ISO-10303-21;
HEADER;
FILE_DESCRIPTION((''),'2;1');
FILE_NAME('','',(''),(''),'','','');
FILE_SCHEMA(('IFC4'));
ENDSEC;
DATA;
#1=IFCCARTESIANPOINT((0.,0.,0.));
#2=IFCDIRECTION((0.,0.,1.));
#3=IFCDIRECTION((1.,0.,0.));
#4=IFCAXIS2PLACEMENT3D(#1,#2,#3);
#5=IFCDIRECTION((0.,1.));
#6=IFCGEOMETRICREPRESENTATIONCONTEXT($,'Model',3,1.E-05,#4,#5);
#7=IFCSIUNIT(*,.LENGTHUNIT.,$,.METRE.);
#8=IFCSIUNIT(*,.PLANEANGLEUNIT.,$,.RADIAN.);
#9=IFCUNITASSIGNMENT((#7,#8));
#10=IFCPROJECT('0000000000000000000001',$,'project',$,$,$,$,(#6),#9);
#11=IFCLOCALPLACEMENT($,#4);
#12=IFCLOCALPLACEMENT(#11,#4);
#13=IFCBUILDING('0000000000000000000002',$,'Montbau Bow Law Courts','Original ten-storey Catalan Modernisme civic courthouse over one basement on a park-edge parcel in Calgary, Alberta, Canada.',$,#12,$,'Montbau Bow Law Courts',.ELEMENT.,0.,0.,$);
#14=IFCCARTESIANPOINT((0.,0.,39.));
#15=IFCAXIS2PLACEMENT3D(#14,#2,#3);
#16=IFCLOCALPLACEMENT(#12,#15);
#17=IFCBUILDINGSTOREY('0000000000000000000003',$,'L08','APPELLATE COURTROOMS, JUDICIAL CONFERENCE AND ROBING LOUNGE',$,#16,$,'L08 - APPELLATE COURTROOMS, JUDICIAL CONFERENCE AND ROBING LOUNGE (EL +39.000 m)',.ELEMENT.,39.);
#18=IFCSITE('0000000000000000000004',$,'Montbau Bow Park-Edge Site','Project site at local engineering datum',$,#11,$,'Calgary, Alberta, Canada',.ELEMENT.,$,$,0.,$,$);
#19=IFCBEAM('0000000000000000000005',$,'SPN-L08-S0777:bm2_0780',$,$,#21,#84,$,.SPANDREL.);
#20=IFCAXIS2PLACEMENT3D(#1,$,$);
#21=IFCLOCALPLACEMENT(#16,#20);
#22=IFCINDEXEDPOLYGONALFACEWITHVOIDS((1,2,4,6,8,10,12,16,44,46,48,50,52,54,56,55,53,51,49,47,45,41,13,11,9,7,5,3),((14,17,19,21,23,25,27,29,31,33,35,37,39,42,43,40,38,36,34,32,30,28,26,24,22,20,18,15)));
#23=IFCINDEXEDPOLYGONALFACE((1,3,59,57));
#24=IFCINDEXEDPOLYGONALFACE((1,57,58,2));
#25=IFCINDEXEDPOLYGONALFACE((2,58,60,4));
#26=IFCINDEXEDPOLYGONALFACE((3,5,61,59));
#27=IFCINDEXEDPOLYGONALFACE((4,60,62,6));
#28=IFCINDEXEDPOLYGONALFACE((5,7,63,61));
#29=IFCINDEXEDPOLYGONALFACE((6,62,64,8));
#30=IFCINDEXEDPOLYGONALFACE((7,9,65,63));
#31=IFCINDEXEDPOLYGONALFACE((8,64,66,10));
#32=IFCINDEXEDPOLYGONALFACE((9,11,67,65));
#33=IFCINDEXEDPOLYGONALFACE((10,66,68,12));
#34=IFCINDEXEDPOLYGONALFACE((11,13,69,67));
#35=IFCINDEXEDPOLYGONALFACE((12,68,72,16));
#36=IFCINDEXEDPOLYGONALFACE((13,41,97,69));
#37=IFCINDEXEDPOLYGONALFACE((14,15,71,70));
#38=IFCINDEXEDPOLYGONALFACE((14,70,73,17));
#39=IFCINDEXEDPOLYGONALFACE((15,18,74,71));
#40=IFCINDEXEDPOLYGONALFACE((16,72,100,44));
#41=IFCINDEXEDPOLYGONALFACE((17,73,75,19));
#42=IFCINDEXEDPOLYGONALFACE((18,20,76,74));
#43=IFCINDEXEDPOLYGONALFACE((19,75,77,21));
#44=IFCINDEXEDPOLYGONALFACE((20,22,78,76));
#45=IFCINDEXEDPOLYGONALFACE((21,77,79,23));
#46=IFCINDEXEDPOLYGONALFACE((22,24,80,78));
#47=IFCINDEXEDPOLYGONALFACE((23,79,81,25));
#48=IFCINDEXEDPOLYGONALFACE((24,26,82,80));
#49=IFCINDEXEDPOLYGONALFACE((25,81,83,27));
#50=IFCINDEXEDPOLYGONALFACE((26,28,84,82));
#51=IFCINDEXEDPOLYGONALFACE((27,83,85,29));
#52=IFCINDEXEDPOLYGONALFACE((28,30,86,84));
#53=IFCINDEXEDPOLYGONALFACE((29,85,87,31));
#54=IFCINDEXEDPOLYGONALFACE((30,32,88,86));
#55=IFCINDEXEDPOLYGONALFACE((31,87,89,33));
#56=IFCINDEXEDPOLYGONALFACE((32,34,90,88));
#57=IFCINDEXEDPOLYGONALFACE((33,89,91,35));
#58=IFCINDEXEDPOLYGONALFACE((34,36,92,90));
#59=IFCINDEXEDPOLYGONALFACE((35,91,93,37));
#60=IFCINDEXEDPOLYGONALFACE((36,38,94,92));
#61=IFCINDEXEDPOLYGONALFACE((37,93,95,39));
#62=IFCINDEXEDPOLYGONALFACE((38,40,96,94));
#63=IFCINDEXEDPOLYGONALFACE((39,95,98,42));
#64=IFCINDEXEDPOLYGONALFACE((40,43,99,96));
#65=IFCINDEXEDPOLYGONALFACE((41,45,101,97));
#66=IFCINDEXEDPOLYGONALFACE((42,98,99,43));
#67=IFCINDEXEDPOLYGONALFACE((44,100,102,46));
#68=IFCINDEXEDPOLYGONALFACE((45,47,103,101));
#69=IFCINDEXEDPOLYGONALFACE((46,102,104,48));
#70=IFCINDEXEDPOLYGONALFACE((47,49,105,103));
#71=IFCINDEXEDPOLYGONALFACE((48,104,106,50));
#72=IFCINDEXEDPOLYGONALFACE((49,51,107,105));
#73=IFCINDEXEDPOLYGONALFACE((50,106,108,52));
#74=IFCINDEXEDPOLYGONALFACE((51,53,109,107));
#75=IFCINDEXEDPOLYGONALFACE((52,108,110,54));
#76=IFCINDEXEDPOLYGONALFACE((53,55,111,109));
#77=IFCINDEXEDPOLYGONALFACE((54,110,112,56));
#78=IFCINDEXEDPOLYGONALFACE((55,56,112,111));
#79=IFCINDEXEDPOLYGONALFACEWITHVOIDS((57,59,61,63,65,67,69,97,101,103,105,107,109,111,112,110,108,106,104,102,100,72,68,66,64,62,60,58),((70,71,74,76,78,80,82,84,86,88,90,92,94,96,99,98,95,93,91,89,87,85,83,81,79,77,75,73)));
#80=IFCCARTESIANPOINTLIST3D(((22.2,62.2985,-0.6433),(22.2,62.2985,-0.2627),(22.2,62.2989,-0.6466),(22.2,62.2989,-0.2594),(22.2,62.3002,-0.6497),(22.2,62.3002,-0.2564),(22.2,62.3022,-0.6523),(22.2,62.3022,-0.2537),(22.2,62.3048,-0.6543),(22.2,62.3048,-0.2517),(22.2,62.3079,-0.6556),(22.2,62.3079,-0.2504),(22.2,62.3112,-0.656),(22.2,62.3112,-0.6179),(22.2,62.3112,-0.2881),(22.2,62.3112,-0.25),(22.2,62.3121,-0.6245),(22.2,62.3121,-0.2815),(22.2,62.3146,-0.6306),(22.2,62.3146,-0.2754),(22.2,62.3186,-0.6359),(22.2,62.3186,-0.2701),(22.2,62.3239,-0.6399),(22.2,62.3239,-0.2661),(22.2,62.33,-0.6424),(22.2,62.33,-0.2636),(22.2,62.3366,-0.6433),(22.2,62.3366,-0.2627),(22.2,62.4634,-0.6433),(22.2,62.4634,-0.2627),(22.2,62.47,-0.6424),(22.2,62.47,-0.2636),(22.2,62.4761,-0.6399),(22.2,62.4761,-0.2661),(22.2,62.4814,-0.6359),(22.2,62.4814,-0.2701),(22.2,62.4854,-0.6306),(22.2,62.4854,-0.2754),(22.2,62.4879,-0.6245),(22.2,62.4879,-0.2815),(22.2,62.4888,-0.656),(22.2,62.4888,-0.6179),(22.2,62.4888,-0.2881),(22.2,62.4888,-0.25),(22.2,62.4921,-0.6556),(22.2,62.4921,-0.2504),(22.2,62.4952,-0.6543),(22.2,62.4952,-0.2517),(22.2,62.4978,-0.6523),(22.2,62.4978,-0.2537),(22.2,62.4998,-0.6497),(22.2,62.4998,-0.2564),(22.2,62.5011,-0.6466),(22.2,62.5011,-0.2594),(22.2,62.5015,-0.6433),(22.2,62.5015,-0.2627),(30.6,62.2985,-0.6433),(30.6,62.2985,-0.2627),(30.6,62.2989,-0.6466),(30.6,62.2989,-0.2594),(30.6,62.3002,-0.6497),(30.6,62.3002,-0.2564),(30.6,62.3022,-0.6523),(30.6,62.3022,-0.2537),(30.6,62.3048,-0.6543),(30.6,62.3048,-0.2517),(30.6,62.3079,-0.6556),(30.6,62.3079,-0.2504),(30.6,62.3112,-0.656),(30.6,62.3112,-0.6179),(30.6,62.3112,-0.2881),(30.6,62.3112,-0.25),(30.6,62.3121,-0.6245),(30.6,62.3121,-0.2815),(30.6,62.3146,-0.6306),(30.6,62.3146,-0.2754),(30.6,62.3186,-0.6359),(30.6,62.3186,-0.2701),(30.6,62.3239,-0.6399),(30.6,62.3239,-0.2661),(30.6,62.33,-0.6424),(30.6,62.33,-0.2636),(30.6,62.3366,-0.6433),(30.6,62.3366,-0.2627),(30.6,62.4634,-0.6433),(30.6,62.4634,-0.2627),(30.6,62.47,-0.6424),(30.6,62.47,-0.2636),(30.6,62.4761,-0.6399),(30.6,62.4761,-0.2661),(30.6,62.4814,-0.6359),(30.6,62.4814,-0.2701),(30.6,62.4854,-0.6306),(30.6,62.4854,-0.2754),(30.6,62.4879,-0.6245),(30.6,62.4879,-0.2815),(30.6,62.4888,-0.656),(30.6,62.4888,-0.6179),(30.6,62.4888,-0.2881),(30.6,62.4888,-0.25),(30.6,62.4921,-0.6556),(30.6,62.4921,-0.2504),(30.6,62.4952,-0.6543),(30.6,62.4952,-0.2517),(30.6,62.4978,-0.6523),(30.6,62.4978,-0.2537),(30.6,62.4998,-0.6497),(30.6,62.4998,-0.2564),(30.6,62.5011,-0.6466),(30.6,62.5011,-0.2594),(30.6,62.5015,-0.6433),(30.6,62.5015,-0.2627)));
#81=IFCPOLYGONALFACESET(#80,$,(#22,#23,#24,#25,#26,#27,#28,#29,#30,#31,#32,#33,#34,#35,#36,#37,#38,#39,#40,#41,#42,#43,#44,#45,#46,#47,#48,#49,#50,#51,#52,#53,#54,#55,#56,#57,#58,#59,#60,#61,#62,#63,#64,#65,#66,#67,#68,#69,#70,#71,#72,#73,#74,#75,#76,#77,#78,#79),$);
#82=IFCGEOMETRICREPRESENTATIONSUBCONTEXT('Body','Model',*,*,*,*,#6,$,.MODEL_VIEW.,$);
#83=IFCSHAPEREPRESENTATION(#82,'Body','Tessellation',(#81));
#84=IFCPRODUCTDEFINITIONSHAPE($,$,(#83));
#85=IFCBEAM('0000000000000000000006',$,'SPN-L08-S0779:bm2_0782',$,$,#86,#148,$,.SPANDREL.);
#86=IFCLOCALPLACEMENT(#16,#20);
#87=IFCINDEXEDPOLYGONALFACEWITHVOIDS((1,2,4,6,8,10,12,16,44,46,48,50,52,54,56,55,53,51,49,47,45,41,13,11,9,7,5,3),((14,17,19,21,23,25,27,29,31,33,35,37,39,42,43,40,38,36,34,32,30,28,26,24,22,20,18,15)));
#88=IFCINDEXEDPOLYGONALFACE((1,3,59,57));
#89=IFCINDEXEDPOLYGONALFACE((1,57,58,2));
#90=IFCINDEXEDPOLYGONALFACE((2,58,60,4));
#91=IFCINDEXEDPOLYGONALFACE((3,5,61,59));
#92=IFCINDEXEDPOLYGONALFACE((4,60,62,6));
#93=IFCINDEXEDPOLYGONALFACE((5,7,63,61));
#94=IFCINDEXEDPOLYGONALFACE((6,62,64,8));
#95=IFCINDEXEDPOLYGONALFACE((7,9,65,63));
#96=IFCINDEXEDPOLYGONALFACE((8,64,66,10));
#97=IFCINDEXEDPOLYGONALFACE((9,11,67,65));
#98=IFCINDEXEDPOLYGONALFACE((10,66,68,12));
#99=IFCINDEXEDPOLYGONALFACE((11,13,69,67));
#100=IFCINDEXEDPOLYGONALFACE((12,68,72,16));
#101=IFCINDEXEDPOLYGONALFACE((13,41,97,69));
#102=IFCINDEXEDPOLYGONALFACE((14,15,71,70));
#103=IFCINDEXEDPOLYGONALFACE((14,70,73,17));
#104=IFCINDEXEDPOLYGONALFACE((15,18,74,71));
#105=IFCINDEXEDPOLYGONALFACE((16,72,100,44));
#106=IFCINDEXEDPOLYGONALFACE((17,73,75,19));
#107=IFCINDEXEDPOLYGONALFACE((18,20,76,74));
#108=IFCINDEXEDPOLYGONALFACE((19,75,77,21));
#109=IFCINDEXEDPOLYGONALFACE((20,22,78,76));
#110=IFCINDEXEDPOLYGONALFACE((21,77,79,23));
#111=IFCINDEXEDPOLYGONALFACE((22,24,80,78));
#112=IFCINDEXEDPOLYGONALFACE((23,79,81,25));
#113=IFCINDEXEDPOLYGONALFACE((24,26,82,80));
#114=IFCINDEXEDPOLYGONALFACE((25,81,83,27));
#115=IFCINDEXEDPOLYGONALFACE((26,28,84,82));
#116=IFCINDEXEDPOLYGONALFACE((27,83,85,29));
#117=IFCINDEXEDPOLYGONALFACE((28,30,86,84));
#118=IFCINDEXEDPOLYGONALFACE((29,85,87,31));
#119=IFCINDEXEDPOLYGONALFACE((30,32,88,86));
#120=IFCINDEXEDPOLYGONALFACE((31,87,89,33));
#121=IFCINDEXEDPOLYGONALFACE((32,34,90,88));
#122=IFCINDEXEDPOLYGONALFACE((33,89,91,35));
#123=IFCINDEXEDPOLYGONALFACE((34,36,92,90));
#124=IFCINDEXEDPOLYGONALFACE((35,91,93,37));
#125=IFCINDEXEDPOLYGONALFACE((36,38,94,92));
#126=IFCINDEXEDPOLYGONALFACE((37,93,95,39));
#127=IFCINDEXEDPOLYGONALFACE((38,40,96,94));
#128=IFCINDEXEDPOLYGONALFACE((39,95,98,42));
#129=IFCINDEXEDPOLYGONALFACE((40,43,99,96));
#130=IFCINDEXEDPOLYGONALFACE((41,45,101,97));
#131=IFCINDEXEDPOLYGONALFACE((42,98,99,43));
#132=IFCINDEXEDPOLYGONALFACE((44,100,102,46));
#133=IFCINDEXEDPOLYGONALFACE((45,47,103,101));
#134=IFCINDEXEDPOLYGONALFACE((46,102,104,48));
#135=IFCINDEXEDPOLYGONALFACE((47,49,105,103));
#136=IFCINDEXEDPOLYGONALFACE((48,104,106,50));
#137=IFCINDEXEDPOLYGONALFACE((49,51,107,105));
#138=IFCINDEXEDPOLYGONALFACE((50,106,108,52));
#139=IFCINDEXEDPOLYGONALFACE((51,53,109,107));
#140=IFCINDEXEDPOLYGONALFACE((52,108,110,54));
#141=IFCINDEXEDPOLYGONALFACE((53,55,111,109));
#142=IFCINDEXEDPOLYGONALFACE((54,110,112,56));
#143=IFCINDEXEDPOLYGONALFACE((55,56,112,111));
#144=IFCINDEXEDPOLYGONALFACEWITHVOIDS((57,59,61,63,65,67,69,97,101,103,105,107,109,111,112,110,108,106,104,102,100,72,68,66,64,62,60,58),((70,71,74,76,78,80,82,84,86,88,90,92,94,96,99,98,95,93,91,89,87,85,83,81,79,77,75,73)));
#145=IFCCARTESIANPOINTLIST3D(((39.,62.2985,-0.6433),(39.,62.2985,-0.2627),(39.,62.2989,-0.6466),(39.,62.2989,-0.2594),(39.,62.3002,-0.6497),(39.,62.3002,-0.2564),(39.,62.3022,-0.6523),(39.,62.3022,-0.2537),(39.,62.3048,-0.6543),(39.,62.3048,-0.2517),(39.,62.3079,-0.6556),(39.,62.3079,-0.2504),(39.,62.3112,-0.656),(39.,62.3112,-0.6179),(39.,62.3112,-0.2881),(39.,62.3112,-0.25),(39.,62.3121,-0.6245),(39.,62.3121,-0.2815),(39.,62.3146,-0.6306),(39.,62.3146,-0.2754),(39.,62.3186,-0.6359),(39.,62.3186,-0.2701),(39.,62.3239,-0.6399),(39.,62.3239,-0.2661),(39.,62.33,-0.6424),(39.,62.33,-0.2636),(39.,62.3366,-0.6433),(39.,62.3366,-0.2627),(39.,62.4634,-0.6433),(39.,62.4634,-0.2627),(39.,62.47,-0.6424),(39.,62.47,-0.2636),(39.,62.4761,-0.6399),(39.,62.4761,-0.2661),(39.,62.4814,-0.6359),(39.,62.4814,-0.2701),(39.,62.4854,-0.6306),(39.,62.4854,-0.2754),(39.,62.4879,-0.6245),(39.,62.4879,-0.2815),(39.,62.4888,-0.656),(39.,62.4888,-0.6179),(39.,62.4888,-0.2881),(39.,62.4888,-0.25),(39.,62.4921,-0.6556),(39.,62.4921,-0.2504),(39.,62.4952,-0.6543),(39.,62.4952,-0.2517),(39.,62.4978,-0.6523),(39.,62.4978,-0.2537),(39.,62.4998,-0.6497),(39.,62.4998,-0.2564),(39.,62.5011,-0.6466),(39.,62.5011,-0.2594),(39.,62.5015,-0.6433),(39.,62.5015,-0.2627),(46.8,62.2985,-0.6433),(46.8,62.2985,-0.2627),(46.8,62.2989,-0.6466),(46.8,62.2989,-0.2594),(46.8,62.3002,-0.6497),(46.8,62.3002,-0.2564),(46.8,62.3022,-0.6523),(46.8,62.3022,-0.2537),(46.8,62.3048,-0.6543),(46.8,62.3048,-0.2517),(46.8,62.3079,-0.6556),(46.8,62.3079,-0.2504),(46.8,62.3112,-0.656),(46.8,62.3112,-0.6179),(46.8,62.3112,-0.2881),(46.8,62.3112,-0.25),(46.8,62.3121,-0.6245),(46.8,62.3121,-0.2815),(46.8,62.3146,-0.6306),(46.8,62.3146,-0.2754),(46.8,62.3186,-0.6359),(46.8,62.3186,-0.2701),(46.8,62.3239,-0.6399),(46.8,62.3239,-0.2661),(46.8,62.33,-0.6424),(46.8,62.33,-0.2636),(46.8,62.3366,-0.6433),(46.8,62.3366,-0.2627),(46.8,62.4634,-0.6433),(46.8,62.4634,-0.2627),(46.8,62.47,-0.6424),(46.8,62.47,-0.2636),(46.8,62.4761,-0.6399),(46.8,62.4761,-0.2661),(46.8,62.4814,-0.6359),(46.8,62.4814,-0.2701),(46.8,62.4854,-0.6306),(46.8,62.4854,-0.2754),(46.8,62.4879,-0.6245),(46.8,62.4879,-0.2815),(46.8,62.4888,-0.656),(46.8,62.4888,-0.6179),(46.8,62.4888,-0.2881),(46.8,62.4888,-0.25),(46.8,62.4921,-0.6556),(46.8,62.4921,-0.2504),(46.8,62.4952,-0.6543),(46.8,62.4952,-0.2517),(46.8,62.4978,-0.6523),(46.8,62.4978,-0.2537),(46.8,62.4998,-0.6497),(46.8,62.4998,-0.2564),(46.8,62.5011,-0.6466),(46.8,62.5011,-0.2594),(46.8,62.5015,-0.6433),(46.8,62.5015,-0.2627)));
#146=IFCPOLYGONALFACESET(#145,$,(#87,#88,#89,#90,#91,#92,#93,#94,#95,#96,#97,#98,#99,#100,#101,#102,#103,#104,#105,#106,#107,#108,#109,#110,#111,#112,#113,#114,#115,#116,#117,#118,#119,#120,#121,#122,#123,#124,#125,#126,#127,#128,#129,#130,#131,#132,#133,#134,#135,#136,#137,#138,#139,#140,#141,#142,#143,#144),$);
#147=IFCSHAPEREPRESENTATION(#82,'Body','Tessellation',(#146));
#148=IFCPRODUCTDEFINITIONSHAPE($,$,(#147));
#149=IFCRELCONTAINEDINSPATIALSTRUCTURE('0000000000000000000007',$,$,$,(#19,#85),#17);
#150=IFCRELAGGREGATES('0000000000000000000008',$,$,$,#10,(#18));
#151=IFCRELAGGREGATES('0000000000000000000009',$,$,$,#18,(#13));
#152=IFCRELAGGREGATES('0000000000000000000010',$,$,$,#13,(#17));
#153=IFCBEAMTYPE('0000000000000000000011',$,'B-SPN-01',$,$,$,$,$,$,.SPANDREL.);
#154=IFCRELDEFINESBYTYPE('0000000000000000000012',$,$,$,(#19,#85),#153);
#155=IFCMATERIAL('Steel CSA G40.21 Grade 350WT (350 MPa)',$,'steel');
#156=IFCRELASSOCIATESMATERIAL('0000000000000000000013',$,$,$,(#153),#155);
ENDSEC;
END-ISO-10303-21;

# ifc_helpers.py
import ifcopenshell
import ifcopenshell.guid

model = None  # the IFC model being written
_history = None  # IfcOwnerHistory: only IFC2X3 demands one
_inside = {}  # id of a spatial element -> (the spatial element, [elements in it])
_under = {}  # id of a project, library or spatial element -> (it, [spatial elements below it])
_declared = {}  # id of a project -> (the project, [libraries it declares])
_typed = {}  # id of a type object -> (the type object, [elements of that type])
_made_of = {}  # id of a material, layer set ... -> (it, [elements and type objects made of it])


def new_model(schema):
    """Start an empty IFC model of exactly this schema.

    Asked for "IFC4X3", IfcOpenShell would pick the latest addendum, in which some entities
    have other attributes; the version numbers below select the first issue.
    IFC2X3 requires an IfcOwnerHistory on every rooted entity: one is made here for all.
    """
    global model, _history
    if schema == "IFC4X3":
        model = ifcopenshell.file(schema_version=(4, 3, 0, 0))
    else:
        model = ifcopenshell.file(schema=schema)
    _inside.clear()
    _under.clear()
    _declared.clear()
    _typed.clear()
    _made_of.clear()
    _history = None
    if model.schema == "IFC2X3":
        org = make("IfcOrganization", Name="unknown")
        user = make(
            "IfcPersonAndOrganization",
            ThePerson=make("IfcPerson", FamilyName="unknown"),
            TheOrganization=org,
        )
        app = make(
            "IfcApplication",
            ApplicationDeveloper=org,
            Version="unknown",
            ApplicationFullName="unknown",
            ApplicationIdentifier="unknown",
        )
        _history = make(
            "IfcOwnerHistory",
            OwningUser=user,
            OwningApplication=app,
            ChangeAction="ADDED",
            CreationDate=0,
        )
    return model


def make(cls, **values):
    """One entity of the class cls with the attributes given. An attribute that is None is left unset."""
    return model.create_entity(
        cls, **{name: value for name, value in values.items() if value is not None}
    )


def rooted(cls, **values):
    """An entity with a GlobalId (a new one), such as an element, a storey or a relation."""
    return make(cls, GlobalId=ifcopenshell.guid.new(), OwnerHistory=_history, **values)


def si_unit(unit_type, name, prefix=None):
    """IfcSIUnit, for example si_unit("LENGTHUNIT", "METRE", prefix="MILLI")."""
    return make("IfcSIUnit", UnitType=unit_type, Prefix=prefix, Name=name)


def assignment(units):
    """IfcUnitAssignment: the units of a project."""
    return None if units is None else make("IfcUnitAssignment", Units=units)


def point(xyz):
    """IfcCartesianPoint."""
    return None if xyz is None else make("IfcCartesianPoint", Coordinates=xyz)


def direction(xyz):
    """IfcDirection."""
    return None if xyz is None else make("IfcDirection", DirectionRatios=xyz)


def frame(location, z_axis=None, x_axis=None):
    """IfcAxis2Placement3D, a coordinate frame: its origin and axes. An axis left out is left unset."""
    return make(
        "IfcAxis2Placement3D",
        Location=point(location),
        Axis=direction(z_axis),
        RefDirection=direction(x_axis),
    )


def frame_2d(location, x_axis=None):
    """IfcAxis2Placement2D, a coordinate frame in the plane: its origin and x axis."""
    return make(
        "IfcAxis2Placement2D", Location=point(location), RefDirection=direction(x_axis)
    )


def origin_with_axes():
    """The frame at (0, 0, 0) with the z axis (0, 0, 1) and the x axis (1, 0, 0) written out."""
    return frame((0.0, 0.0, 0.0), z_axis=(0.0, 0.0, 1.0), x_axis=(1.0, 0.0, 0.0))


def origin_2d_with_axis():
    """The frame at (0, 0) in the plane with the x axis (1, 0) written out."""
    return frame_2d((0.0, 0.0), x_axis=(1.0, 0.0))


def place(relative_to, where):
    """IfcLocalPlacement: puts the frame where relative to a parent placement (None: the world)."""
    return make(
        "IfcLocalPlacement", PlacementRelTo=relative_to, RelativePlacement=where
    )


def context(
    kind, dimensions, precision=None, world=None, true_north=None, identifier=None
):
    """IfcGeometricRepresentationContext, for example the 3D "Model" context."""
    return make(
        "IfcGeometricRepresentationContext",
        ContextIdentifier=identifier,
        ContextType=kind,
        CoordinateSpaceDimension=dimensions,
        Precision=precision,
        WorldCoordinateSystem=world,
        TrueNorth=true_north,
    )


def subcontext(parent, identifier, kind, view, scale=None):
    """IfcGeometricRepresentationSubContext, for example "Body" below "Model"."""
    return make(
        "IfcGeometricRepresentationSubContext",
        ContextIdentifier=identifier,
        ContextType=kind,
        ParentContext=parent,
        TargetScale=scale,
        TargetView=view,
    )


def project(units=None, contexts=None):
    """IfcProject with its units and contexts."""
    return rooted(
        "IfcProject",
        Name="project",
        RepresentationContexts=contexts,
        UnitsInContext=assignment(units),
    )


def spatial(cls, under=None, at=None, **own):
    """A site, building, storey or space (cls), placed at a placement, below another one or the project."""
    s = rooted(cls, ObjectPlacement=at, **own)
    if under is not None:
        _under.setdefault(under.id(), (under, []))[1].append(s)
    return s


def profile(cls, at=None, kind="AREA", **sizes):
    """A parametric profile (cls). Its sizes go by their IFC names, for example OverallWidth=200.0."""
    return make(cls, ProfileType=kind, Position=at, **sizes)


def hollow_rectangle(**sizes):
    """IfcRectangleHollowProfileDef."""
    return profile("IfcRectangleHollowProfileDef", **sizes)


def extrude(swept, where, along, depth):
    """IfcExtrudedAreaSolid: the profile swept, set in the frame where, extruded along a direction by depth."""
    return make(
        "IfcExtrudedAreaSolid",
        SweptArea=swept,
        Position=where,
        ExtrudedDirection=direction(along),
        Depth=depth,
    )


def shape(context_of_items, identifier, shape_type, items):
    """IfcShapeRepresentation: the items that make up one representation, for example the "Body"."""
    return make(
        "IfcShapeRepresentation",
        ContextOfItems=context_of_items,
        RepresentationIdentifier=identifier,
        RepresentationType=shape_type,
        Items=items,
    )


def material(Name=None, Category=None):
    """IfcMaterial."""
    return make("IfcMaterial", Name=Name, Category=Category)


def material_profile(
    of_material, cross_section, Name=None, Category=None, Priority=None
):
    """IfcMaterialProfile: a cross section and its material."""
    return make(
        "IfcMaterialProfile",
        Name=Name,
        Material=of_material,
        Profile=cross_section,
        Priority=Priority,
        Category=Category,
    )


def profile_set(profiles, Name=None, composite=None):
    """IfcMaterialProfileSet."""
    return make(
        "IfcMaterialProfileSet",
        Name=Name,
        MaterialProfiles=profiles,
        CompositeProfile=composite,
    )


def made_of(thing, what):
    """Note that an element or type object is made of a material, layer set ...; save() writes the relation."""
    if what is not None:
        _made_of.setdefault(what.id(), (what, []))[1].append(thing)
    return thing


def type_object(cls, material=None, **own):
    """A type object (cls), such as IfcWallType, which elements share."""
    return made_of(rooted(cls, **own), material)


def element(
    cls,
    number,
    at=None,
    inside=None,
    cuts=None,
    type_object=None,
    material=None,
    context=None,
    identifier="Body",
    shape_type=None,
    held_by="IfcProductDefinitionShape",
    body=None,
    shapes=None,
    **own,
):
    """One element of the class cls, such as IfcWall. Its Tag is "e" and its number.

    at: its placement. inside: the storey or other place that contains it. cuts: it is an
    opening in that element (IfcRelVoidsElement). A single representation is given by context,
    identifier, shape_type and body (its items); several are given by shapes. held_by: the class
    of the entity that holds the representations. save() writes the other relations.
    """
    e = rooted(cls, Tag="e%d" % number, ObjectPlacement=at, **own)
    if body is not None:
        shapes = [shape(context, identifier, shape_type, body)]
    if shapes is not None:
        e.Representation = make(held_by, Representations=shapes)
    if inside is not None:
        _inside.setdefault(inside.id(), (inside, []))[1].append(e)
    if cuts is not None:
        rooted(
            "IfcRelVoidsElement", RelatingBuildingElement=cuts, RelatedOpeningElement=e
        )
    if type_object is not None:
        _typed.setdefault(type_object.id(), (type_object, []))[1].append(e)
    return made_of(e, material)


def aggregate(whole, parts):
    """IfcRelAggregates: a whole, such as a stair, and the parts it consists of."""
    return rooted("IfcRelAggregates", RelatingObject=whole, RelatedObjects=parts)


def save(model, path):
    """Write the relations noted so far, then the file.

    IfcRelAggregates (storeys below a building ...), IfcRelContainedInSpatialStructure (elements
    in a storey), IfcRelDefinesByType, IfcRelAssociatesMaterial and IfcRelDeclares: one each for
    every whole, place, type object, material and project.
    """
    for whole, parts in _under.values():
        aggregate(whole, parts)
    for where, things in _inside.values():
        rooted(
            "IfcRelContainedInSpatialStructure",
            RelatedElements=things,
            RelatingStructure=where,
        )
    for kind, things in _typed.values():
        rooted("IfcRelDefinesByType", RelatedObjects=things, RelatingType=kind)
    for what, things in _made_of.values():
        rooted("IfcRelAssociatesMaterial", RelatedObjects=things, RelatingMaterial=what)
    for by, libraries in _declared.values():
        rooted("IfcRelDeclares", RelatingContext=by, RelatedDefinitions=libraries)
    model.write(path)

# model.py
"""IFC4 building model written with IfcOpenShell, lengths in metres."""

from ifc_helpers import new_model, si_unit, direction, frame, origin_with_axes, origin_2d_with_axis, place, context, subcontext, project, spatial, hollow_rectangle, extrude, material, material_profile, profile_set, type_object, element, save


model = new_model("IFC4")

# Units and contexts
model_context = context("Model", 3, precision=1e-05, world=origin_with_axes(), true_north=direction((0.0, 1.0)))
body_context = subcontext(model_context, "Body", "Model", "MODEL_VIEW")
ifc_project = project(units=[si_unit("LENGTHUNIT", "METRE"), si_unit("PLANEANGLEUNIT", "RADIAN")], contexts=[model_context])

# Site, building, storey
site_placement = place(None, origin_with_axes())
site = spatial("IfcSite", under=ifc_project, at=site_placement, Name="Montbau Bow Park-Edge Site", Description="Project site at local engineering datum", LongName="Calgary, Alberta, Canada", CompositionType="ELEMENT", RefElevation=0.0)
building_placement = place(site_placement, origin_with_axes())
building = spatial("IfcBuilding", under=site, at=building_placement, Name="Montbau Bow Law Courts", Description="Original ten-storey Catalan Modernisme civic courthouse over one basement on a park-edge parcel in Calgary, Alberta, Canada.", LongName="Montbau Bow Law Courts", CompositionType="ELEMENT", ElevationOfRefHeight=0.0, ElevationOfTerrain=0.0)
storey_placement = place(building_placement, frame((0.0, 0.0, 39.0), z_axis=(0.0, 0.0, 1.0), x_axis=(1.0, 0.0, 0.0)))
storey = spatial("IfcBuildingStorey", under=building, at=storey_placement, Name="L08", Description="APPELLATE COURTROOMS, JUDICIAL CONFERENCE AND ROBING LOUNGE", LongName="L08 - APPELLATE COURTROOMS, JUDICIAL CONFERENCE AND ROBING LOUNGE (EL +39.000 m)", CompositionType="ELEMENT", Elevation=39.0)

# Beams
ifc_material_1 = material(Name="Steel CSA G40.21 Grade 350WT (350 MPa)", Category="steel")
ifc_material_profile_1 = material_profile(ifc_material_1, hollow_rectangle(XDim=0.203, YDim=0.406, WallThickness=0.0127, InnerFilletRadius=0.0254, OuterFilletRadius=0.0127, at=origin_2d_with_axis()), Name="HSS406X203X13", Category="Main", Priority=0)
ifc_profile_set_1 = profile_set([ifc_material_profile_1], Name="Steel CSA G40.21 Grade 350WT (350 MPa)")
beam_type_1 = type_object("IfcBeamType", Name="B-SPN-01", PredefinedType="SPANDREL", material=ifc_profile_set_1)
beam_1_placement = place(None, frame((22.2, 62.4, 38.547), z_axis=(1.0, 0.0, 0.0), x_axis=(0.0, 1.0, 0.0)))
element("IfcBeam", 1, at=beam_1_placement, inside=storey, type_object=beam_type_1, Name="SPN-L08-S0777:bm2_0780", PredefinedType="SPANDREL", context=body_context, shape_type="SweptSolid", body=[
    extrude(hollow_rectangle(XDim=0.203, YDim=0.406, WallThickness=0.0127, InnerFilletRadius=0.0254, OuterFilletRadius=0.0127, at=origin_2d_with_axis()), origin_with_axes(), (0.0, 0.0, 1.0), 8.4),
])
beam_2_placement = place(None, frame((39.0, 62.4, 38.547), z_axis=(1.0, 0.0, 0.0), x_axis=(0.0, 1.0, 0.0)))
element("IfcBeam", 2, at=beam_2_placement, inside=storey, type_object=beam_type_1, Name="SPN-L08-S0779:bm2_0782", PredefinedType="SPANDREL", context=body_context, shape_type="SweptSolid", body=[
    extrude(hollow_rectangle(XDim=0.203, YDim=0.406, WallThickness=0.0127, InnerFilletRadius=0.0254, OuterFilletRadius=0.0127, at=origin_2d_with_axis()), origin_with_axes(), (0.0, 0.0, 1.0), 7.8),
])

save(model, "model.ifc")
